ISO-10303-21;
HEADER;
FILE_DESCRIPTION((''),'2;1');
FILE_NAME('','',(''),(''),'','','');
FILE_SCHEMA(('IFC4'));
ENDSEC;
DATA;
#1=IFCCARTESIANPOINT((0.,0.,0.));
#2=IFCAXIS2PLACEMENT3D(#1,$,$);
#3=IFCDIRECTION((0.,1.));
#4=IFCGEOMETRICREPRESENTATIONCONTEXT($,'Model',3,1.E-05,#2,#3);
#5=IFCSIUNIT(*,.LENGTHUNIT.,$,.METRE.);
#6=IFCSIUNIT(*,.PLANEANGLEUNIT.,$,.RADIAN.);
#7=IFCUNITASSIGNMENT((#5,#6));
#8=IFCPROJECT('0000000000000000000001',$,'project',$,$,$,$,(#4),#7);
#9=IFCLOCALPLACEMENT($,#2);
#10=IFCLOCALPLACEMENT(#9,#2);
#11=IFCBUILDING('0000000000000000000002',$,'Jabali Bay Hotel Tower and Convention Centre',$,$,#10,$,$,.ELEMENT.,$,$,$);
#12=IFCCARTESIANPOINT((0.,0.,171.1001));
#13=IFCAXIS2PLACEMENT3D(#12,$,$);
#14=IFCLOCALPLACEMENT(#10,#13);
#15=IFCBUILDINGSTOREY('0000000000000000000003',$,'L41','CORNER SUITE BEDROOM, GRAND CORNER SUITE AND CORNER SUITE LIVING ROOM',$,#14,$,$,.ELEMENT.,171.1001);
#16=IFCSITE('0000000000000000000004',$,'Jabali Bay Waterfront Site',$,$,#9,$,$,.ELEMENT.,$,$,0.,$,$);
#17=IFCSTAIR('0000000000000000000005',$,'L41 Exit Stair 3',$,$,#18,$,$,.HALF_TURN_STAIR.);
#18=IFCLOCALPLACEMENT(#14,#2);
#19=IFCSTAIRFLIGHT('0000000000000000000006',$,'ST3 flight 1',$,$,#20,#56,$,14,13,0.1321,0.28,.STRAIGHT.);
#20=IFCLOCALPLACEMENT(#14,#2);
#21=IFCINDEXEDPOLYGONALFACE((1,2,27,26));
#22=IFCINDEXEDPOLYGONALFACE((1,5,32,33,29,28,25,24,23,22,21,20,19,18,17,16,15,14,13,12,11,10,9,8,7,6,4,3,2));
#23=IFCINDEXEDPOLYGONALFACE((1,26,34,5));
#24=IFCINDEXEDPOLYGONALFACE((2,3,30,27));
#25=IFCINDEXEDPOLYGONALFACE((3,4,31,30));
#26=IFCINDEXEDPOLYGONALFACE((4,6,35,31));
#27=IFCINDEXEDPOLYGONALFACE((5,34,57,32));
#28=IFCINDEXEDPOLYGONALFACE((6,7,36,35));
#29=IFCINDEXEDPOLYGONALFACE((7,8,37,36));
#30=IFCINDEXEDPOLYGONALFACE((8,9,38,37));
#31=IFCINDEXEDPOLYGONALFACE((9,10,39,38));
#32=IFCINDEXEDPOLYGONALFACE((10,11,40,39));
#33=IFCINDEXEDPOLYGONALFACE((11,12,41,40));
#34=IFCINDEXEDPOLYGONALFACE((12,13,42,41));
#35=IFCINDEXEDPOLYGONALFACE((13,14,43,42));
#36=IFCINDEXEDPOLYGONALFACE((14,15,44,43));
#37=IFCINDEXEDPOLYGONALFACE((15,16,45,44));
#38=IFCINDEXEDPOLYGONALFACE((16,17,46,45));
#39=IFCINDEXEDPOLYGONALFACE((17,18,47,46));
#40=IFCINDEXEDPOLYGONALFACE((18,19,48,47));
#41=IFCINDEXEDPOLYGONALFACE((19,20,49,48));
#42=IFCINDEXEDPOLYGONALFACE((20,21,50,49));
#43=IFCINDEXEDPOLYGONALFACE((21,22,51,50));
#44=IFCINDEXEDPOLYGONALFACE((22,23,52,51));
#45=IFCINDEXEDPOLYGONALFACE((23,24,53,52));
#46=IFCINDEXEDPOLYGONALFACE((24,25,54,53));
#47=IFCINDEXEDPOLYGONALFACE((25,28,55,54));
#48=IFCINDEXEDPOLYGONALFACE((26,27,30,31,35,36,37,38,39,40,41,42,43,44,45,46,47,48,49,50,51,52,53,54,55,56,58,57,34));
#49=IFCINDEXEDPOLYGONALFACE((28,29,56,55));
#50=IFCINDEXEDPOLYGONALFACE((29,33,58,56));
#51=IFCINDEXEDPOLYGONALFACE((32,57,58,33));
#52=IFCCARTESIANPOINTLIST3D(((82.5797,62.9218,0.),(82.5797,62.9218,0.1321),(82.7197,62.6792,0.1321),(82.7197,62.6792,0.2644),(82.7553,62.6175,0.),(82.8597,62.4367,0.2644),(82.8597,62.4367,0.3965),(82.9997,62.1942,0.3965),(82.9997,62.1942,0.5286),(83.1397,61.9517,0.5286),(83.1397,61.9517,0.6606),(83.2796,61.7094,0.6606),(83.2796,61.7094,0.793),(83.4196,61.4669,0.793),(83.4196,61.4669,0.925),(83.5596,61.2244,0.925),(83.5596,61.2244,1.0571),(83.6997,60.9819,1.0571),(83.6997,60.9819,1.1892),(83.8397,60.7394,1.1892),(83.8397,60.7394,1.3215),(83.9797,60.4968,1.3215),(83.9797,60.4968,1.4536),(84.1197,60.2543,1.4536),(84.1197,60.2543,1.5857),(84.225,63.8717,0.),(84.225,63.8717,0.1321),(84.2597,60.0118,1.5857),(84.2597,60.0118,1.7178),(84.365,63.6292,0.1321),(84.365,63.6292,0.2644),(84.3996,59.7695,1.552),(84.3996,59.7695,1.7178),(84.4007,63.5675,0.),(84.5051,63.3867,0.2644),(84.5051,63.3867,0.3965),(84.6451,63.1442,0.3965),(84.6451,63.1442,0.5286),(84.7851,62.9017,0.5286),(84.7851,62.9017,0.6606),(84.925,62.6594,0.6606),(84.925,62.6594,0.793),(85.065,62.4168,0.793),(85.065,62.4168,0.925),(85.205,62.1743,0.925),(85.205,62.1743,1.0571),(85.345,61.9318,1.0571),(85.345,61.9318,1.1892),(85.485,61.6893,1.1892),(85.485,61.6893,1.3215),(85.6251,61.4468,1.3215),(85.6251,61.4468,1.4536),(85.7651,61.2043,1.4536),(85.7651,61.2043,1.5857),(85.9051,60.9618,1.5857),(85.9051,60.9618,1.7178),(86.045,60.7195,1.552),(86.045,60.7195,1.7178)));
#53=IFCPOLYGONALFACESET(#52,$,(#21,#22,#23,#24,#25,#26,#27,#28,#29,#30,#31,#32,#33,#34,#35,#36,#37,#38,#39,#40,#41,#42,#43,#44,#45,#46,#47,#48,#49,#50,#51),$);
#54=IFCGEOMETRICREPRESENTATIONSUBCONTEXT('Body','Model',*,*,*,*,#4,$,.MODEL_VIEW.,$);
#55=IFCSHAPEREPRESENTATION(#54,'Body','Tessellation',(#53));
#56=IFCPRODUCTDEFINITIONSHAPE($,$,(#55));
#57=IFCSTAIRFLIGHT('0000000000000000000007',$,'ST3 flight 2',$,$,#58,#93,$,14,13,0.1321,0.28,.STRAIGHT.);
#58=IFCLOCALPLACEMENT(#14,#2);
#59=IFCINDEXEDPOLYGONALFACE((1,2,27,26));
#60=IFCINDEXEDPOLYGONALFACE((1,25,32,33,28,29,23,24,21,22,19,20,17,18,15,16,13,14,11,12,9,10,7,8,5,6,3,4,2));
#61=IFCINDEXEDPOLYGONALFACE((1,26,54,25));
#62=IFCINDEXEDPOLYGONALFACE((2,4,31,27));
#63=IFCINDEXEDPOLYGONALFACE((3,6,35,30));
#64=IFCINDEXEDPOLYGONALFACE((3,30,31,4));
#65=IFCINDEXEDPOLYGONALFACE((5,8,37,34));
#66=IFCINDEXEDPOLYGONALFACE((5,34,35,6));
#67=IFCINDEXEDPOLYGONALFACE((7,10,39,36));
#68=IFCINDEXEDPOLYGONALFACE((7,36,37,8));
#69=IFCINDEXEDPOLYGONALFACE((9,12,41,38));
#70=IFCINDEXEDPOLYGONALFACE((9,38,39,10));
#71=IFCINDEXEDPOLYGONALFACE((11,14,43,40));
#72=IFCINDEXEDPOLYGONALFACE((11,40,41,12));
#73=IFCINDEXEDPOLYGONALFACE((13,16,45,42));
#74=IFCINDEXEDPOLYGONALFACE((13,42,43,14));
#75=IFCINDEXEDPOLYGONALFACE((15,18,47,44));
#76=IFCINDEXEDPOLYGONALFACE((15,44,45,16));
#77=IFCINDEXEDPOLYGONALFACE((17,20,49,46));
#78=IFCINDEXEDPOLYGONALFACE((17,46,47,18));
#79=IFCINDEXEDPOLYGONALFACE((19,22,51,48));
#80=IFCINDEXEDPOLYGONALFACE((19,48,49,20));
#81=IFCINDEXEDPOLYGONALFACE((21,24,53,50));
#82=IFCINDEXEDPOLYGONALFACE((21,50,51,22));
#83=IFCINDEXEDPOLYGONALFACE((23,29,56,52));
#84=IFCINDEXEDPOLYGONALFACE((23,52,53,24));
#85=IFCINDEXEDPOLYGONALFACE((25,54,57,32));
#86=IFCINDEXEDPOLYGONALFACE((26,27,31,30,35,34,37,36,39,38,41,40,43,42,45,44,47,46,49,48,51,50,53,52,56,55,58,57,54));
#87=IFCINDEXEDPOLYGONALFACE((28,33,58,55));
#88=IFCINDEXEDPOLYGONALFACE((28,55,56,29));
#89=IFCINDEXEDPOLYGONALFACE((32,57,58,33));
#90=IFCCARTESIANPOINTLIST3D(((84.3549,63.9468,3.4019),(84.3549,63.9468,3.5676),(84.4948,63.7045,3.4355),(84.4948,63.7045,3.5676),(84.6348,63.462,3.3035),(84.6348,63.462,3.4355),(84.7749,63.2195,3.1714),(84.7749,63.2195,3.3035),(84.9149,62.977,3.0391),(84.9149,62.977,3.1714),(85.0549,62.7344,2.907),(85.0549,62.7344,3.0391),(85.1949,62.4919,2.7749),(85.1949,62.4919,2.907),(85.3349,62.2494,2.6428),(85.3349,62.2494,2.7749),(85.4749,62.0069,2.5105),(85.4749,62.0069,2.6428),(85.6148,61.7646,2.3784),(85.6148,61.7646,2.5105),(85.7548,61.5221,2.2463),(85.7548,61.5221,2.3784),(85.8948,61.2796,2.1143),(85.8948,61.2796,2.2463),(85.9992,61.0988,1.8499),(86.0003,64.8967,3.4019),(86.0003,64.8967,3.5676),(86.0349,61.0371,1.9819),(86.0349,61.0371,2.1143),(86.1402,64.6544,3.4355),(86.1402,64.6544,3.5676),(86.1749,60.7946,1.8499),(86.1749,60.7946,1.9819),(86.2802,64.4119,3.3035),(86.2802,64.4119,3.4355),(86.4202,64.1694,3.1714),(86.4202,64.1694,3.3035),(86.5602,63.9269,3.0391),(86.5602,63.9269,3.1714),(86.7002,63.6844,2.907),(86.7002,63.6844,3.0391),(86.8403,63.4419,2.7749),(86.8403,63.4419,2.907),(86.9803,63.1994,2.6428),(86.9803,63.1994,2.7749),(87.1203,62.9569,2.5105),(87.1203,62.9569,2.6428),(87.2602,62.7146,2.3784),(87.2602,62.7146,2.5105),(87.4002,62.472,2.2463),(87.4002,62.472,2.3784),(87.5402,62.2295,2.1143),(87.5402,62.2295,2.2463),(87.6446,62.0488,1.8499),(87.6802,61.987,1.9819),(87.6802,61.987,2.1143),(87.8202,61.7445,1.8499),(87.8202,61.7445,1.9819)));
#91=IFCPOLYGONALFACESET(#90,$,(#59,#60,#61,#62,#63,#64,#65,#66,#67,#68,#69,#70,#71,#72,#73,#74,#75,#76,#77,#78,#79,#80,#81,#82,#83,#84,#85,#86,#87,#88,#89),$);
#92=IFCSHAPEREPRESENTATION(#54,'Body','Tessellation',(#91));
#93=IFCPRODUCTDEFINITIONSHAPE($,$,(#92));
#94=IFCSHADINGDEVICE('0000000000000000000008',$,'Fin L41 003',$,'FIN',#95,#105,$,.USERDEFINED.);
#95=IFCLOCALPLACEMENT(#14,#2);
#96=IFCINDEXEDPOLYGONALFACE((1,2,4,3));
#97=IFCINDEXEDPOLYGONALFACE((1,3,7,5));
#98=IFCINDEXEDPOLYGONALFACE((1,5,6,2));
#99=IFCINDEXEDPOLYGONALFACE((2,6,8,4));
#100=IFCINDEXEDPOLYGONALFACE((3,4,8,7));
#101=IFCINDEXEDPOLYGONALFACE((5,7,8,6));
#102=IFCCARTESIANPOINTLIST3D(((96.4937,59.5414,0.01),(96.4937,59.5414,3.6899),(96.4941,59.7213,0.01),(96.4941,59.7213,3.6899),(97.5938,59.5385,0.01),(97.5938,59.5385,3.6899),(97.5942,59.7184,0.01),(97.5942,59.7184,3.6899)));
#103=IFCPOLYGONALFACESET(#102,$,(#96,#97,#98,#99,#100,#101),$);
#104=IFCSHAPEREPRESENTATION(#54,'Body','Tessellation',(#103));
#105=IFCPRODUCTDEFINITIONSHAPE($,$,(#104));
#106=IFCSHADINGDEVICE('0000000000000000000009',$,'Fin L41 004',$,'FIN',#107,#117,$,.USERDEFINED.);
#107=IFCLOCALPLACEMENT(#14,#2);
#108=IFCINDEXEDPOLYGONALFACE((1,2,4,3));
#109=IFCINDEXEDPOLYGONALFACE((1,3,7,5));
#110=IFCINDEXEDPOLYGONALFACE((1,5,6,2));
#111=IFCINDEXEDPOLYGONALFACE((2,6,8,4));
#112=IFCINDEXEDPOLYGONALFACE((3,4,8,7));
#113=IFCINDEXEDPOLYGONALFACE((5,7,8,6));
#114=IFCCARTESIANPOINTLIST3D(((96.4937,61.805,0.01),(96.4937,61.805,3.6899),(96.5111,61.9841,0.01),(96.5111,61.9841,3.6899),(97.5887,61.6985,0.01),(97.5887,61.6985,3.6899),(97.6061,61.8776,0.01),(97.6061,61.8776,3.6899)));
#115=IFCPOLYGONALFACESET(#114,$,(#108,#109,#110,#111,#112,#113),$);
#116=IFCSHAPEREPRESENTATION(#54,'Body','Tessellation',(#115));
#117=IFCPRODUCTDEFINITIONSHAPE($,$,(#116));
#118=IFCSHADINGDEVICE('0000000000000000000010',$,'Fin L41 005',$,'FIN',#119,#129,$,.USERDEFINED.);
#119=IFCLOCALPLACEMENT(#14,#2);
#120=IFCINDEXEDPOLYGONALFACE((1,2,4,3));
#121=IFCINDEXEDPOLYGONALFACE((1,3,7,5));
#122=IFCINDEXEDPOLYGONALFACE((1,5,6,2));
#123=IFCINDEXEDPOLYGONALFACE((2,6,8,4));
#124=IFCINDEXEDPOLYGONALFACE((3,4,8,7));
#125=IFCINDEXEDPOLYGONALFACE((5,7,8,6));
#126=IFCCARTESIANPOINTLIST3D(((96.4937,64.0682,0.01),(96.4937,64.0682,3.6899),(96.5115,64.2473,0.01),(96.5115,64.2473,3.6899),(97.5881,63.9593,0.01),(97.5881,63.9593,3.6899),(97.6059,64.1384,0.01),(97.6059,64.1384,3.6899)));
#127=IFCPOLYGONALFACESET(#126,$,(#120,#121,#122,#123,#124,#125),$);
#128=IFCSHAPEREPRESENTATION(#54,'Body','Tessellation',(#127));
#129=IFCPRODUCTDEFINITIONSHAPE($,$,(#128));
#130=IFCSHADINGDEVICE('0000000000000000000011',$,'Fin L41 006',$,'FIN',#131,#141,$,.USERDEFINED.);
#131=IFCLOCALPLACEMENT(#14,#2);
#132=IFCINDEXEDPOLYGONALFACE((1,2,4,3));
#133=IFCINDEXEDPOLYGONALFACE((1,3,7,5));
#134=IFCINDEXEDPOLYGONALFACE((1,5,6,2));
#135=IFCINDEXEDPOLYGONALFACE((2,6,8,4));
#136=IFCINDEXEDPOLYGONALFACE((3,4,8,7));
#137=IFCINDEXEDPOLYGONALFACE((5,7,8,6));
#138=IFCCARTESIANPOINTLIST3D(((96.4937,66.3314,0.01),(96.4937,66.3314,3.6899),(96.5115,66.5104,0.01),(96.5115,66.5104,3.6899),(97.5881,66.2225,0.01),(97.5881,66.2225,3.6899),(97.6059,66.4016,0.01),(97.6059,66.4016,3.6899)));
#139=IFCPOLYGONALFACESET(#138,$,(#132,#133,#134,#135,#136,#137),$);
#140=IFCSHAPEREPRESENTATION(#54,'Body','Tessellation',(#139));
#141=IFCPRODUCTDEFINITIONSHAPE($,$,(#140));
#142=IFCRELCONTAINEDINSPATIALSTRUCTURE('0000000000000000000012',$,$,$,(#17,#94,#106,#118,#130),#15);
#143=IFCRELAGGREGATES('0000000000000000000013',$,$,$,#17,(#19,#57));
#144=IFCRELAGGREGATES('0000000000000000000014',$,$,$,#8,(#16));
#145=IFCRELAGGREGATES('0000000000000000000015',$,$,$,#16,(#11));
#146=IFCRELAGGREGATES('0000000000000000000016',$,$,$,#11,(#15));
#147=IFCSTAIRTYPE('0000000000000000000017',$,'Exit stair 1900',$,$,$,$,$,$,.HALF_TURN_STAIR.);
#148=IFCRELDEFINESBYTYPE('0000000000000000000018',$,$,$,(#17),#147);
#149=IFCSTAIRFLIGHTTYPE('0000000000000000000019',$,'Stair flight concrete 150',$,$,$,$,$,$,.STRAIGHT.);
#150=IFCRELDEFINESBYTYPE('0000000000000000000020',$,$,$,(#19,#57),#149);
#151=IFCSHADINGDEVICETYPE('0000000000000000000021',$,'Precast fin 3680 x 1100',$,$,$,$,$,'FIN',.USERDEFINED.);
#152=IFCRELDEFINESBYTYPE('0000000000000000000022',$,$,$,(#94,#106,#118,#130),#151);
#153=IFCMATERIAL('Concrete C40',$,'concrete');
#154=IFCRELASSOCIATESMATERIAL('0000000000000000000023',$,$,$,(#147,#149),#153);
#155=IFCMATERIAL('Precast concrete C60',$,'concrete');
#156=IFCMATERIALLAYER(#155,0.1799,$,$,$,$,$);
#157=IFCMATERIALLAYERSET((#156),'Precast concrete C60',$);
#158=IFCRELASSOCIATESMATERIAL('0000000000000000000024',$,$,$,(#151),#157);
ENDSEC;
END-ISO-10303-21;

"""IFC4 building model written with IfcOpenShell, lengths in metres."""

from ifc_helpers import new_model, si_unit, direction, frame, frame_2d, origin, place, context, subcontext, project, spatial, polyline, rectangle, outline, extrude, material, layer, layer_set, type_object, element, aggregate, save


model = new_model("IFC4")

# Units and contexts
model_context = context("Model", 3, precision=1e-05, world=origin(), true_north=direction((0.0, 1.0)))
body_context = subcontext(model_context, "Body", "Model", "MODEL_VIEW")
ifc_project = project(units=[si_unit("LENGTHUNIT", "METRE"), si_unit("PLANEANGLEUNIT", "RADIAN")], contexts=[model_context])

# Site, building, storey
site_placement = place(None, origin())
site = spatial("IfcSite", under=ifc_project, at=site_placement, Name="Jabali Bay Waterfront Site", CompositionType="ELEMENT", RefElevation=0.0)
building_placement = place(site_placement, origin())
building = spatial("IfcBuilding", under=site, at=building_placement, Name="Jabali Bay Hotel Tower and Convention Centre", CompositionType="ELEMENT")
storey_placement = place(building_placement, frame((0.0, 0.0, 171.1001)))
storey = spatial("IfcBuildingStorey", under=building, at=storey_placement, Name="L41", Description="CORNER SUITE BEDROOM, GRAND CORNER SUITE AND CORNER SUITE LIVING ROOM", CompositionType="ELEMENT", Elevation=171.1001)

# Shared definitions
ifc_material_1 = material(Name="Concrete C40", Category="concrete")

# Stair, stair flights
stair_type = type_object("IfcStairType", Name="Exit stair 1900", PredefinedType="HALF_TURN_STAIR", material=ifc_material_1)
stair_placement = place(storey_placement, origin())
stair = element("IfcStair", 1, at=stair_placement, inside=storey, type_object=stair_type, Name="L41 Exit Stair 3", PredefinedType="HALF_TURN_STAIR")
stair_flight_type = type_object("IfcStairFlightType", Name="Stair flight concrete 150", PredefinedType="STRAIGHT", material=ifc_material_1)
stair_flight_1_placement = place(storey_placement, frame((83.4023, 63.3967, 0.0), z_axis=(0.0, 0.0, 1.0), x_axis=(0.5, -0.866025, 0.0)))
stair_flight_1 = element("IfcStairFlight", 2, at=stair_flight_1_placement, type_object=stair_flight_type, Name="ST3 flight 1", NumberOfRisers=14, NumberOfTreads=13, PredefinedType="STRAIGHT", RiserHeight=0.1321, TreadLength=0.28, context=body_context, shape_type="SweptSolid", body=[
    extrude(outline(polyline([(0.0, 0.0), (0.0, 0.1321), (0.28, 0.1321), (0.28, 0.2644), (0.5601, 0.2644), (0.5601, 0.3965), (0.8401, 0.3965), (0.8401, 0.5286), (1.1201, 0.5286), (1.1201, 0.6606), (1.3999, 0.6606), (1.3999, 0.793), (1.6799, 0.793), (1.6799, 0.925), (1.96, 0.925), (1.96, 1.0571), (2.24, 1.0571), (2.24, 1.1892), (2.52, 1.1892), (2.52, 1.3215), (2.8, 1.3215), (2.8, 1.4536), (3.0801, 1.4536), (3.0801, 1.5857), (3.3601, 1.5857), (3.3601, 1.7178), (3.6399, 1.7178), (3.6399, 1.8501), (3.6399, 1.552), (0.3513, 0.0), (0.0, 0.0)])), frame((0.0, 0.95, 0.0), z_axis=(0.0, -1.0, 0.0), x_axis=(1.0, 0.0, 0.0)), (0.0, 0.0, 1.0), 1.8999),
])
stair_flight_2_placement = place(storey_placement, frame((86.9976, 61.2695, 1.8499), z_axis=(0.0, 0.0, 1.0), x_axis=(-0.5, 0.866025, 0.0)))
stair_flight_2 = element("IfcStairFlight", 3, at=stair_flight_2_placement, type_object=stair_flight_type, Name="ST3 flight 2", NumberOfRisers=14, NumberOfTreads=13, PredefinedType="STRAIGHT", RiserHeight=0.1321, TreadLength=0.28, context=body_context, shape_type="SweptSolid", body=[
    extrude(outline(polyline([(0.0, 0.0), (0.0, 0.1321), (0.28, 0.1321), (0.28, 0.2644), (0.5601, 0.2644), (0.5601, 0.3965), (0.8401, 0.3965), (0.8401, 0.5286), (1.1201, 0.5286), (1.1201, 0.6606), (1.3999, 0.6606), (1.3999, 0.793), (1.6799, 0.793), (1.6799, 0.925), (1.96, 0.925), (1.96, 1.0571), (2.24, 1.0571), (2.24, 1.1892), (2.52, 1.1892), (2.52, 1.3215), (2.8, 1.3215), (2.8, 1.4536), (3.0801, 1.4536), (3.0801, 1.5857), (3.3601, 1.5857), (3.3601, 1.7178), (3.6399, 1.7178), (3.6399, 1.8501), (3.6399, 1.552), (0.3513, 0.0), (0.0, 0.0)])), frame((0.0, 0.95, 0.0), z_axis=(0.0, -1.0, 0.0), x_axis=(1.0, 0.0, 0.0)), (0.0, 0.0, 1.0), 1.8999),
])
aggregate(stair, [stair_flight_1, stair_flight_2])

# Shading devices
ifc_material_2 = material(Name="Precast concrete C60", Category="concrete")
ifc_layer_1 = layer(ifc_material_2, 0.1799)
ifc_layer_set_1 = layer_set([ifc_layer_1], Name="Precast concrete C60")
shading_device_type = type_object("IfcShadingDeviceType", Name="Precast fin 3680 x 1100", ElementType="FIN", PredefinedType="USERDEFINED", material=ifc_layer_set_1)
for number, where, z_axis, x_axis, name in (
    (4, (96.4939, 59.6313, 0.01), (0.0, 0.0, 1.0), (0.999996, -0.002663, 0.0), "Fin L41 003"),
    (5, (96.5024, 61.8945, 0.01), (0.0, 0.0, 1.0), (0.995308, -0.096757, 0.0), "Fin L41 004"),
):
    element("IfcShadingDevice", number, at=place(storey_placement, frame(where, z_axis=z_axis, x_axis=x_axis)), inside=storey, type_object=shading_device_type, Name=name, ObjectType="FIN", PredefinedType="USERDEFINED", context=body_context, shape_type="SweptSolid", body=[
        extrude(rectangle(XDim=1.1001, YDim=0.1799, at=frame_2d((0.55, 0.0))), origin(), (0.0, 0.0, 1.0), 3.6799),
    ])
for number, where, z_axis, x_axis, name in (
    (6, (96.5027, 64.1577, 0.01), (0.0, 0.0, 1.0), (0.995088, -0.098998, 0.0), "Fin L41 005"),
    (7, (96.5027, 66.4209, 0.01), (0.0, 0.0, 1.0), (0.995088, -0.098998, 0.0), "Fin L41 006"),
):
    element("IfcShadingDevice", number, at=place(storey_placement, frame(where, z_axis=z_axis, x_axis=x_axis)), inside=storey, type_object=shading_device_type, Name=name, ObjectType="FIN", PredefinedType="USERDEFINED", context=body_context, shape_type="SweptSolid", body=[
        extrude(rectangle(XDim=1.0999, YDim=0.1799, at=frame_2d((0.5498, 0.0))), origin(), (0.0, 0.0, 1.0), 3.6799),
    ])

save(model, "model.ifc")
